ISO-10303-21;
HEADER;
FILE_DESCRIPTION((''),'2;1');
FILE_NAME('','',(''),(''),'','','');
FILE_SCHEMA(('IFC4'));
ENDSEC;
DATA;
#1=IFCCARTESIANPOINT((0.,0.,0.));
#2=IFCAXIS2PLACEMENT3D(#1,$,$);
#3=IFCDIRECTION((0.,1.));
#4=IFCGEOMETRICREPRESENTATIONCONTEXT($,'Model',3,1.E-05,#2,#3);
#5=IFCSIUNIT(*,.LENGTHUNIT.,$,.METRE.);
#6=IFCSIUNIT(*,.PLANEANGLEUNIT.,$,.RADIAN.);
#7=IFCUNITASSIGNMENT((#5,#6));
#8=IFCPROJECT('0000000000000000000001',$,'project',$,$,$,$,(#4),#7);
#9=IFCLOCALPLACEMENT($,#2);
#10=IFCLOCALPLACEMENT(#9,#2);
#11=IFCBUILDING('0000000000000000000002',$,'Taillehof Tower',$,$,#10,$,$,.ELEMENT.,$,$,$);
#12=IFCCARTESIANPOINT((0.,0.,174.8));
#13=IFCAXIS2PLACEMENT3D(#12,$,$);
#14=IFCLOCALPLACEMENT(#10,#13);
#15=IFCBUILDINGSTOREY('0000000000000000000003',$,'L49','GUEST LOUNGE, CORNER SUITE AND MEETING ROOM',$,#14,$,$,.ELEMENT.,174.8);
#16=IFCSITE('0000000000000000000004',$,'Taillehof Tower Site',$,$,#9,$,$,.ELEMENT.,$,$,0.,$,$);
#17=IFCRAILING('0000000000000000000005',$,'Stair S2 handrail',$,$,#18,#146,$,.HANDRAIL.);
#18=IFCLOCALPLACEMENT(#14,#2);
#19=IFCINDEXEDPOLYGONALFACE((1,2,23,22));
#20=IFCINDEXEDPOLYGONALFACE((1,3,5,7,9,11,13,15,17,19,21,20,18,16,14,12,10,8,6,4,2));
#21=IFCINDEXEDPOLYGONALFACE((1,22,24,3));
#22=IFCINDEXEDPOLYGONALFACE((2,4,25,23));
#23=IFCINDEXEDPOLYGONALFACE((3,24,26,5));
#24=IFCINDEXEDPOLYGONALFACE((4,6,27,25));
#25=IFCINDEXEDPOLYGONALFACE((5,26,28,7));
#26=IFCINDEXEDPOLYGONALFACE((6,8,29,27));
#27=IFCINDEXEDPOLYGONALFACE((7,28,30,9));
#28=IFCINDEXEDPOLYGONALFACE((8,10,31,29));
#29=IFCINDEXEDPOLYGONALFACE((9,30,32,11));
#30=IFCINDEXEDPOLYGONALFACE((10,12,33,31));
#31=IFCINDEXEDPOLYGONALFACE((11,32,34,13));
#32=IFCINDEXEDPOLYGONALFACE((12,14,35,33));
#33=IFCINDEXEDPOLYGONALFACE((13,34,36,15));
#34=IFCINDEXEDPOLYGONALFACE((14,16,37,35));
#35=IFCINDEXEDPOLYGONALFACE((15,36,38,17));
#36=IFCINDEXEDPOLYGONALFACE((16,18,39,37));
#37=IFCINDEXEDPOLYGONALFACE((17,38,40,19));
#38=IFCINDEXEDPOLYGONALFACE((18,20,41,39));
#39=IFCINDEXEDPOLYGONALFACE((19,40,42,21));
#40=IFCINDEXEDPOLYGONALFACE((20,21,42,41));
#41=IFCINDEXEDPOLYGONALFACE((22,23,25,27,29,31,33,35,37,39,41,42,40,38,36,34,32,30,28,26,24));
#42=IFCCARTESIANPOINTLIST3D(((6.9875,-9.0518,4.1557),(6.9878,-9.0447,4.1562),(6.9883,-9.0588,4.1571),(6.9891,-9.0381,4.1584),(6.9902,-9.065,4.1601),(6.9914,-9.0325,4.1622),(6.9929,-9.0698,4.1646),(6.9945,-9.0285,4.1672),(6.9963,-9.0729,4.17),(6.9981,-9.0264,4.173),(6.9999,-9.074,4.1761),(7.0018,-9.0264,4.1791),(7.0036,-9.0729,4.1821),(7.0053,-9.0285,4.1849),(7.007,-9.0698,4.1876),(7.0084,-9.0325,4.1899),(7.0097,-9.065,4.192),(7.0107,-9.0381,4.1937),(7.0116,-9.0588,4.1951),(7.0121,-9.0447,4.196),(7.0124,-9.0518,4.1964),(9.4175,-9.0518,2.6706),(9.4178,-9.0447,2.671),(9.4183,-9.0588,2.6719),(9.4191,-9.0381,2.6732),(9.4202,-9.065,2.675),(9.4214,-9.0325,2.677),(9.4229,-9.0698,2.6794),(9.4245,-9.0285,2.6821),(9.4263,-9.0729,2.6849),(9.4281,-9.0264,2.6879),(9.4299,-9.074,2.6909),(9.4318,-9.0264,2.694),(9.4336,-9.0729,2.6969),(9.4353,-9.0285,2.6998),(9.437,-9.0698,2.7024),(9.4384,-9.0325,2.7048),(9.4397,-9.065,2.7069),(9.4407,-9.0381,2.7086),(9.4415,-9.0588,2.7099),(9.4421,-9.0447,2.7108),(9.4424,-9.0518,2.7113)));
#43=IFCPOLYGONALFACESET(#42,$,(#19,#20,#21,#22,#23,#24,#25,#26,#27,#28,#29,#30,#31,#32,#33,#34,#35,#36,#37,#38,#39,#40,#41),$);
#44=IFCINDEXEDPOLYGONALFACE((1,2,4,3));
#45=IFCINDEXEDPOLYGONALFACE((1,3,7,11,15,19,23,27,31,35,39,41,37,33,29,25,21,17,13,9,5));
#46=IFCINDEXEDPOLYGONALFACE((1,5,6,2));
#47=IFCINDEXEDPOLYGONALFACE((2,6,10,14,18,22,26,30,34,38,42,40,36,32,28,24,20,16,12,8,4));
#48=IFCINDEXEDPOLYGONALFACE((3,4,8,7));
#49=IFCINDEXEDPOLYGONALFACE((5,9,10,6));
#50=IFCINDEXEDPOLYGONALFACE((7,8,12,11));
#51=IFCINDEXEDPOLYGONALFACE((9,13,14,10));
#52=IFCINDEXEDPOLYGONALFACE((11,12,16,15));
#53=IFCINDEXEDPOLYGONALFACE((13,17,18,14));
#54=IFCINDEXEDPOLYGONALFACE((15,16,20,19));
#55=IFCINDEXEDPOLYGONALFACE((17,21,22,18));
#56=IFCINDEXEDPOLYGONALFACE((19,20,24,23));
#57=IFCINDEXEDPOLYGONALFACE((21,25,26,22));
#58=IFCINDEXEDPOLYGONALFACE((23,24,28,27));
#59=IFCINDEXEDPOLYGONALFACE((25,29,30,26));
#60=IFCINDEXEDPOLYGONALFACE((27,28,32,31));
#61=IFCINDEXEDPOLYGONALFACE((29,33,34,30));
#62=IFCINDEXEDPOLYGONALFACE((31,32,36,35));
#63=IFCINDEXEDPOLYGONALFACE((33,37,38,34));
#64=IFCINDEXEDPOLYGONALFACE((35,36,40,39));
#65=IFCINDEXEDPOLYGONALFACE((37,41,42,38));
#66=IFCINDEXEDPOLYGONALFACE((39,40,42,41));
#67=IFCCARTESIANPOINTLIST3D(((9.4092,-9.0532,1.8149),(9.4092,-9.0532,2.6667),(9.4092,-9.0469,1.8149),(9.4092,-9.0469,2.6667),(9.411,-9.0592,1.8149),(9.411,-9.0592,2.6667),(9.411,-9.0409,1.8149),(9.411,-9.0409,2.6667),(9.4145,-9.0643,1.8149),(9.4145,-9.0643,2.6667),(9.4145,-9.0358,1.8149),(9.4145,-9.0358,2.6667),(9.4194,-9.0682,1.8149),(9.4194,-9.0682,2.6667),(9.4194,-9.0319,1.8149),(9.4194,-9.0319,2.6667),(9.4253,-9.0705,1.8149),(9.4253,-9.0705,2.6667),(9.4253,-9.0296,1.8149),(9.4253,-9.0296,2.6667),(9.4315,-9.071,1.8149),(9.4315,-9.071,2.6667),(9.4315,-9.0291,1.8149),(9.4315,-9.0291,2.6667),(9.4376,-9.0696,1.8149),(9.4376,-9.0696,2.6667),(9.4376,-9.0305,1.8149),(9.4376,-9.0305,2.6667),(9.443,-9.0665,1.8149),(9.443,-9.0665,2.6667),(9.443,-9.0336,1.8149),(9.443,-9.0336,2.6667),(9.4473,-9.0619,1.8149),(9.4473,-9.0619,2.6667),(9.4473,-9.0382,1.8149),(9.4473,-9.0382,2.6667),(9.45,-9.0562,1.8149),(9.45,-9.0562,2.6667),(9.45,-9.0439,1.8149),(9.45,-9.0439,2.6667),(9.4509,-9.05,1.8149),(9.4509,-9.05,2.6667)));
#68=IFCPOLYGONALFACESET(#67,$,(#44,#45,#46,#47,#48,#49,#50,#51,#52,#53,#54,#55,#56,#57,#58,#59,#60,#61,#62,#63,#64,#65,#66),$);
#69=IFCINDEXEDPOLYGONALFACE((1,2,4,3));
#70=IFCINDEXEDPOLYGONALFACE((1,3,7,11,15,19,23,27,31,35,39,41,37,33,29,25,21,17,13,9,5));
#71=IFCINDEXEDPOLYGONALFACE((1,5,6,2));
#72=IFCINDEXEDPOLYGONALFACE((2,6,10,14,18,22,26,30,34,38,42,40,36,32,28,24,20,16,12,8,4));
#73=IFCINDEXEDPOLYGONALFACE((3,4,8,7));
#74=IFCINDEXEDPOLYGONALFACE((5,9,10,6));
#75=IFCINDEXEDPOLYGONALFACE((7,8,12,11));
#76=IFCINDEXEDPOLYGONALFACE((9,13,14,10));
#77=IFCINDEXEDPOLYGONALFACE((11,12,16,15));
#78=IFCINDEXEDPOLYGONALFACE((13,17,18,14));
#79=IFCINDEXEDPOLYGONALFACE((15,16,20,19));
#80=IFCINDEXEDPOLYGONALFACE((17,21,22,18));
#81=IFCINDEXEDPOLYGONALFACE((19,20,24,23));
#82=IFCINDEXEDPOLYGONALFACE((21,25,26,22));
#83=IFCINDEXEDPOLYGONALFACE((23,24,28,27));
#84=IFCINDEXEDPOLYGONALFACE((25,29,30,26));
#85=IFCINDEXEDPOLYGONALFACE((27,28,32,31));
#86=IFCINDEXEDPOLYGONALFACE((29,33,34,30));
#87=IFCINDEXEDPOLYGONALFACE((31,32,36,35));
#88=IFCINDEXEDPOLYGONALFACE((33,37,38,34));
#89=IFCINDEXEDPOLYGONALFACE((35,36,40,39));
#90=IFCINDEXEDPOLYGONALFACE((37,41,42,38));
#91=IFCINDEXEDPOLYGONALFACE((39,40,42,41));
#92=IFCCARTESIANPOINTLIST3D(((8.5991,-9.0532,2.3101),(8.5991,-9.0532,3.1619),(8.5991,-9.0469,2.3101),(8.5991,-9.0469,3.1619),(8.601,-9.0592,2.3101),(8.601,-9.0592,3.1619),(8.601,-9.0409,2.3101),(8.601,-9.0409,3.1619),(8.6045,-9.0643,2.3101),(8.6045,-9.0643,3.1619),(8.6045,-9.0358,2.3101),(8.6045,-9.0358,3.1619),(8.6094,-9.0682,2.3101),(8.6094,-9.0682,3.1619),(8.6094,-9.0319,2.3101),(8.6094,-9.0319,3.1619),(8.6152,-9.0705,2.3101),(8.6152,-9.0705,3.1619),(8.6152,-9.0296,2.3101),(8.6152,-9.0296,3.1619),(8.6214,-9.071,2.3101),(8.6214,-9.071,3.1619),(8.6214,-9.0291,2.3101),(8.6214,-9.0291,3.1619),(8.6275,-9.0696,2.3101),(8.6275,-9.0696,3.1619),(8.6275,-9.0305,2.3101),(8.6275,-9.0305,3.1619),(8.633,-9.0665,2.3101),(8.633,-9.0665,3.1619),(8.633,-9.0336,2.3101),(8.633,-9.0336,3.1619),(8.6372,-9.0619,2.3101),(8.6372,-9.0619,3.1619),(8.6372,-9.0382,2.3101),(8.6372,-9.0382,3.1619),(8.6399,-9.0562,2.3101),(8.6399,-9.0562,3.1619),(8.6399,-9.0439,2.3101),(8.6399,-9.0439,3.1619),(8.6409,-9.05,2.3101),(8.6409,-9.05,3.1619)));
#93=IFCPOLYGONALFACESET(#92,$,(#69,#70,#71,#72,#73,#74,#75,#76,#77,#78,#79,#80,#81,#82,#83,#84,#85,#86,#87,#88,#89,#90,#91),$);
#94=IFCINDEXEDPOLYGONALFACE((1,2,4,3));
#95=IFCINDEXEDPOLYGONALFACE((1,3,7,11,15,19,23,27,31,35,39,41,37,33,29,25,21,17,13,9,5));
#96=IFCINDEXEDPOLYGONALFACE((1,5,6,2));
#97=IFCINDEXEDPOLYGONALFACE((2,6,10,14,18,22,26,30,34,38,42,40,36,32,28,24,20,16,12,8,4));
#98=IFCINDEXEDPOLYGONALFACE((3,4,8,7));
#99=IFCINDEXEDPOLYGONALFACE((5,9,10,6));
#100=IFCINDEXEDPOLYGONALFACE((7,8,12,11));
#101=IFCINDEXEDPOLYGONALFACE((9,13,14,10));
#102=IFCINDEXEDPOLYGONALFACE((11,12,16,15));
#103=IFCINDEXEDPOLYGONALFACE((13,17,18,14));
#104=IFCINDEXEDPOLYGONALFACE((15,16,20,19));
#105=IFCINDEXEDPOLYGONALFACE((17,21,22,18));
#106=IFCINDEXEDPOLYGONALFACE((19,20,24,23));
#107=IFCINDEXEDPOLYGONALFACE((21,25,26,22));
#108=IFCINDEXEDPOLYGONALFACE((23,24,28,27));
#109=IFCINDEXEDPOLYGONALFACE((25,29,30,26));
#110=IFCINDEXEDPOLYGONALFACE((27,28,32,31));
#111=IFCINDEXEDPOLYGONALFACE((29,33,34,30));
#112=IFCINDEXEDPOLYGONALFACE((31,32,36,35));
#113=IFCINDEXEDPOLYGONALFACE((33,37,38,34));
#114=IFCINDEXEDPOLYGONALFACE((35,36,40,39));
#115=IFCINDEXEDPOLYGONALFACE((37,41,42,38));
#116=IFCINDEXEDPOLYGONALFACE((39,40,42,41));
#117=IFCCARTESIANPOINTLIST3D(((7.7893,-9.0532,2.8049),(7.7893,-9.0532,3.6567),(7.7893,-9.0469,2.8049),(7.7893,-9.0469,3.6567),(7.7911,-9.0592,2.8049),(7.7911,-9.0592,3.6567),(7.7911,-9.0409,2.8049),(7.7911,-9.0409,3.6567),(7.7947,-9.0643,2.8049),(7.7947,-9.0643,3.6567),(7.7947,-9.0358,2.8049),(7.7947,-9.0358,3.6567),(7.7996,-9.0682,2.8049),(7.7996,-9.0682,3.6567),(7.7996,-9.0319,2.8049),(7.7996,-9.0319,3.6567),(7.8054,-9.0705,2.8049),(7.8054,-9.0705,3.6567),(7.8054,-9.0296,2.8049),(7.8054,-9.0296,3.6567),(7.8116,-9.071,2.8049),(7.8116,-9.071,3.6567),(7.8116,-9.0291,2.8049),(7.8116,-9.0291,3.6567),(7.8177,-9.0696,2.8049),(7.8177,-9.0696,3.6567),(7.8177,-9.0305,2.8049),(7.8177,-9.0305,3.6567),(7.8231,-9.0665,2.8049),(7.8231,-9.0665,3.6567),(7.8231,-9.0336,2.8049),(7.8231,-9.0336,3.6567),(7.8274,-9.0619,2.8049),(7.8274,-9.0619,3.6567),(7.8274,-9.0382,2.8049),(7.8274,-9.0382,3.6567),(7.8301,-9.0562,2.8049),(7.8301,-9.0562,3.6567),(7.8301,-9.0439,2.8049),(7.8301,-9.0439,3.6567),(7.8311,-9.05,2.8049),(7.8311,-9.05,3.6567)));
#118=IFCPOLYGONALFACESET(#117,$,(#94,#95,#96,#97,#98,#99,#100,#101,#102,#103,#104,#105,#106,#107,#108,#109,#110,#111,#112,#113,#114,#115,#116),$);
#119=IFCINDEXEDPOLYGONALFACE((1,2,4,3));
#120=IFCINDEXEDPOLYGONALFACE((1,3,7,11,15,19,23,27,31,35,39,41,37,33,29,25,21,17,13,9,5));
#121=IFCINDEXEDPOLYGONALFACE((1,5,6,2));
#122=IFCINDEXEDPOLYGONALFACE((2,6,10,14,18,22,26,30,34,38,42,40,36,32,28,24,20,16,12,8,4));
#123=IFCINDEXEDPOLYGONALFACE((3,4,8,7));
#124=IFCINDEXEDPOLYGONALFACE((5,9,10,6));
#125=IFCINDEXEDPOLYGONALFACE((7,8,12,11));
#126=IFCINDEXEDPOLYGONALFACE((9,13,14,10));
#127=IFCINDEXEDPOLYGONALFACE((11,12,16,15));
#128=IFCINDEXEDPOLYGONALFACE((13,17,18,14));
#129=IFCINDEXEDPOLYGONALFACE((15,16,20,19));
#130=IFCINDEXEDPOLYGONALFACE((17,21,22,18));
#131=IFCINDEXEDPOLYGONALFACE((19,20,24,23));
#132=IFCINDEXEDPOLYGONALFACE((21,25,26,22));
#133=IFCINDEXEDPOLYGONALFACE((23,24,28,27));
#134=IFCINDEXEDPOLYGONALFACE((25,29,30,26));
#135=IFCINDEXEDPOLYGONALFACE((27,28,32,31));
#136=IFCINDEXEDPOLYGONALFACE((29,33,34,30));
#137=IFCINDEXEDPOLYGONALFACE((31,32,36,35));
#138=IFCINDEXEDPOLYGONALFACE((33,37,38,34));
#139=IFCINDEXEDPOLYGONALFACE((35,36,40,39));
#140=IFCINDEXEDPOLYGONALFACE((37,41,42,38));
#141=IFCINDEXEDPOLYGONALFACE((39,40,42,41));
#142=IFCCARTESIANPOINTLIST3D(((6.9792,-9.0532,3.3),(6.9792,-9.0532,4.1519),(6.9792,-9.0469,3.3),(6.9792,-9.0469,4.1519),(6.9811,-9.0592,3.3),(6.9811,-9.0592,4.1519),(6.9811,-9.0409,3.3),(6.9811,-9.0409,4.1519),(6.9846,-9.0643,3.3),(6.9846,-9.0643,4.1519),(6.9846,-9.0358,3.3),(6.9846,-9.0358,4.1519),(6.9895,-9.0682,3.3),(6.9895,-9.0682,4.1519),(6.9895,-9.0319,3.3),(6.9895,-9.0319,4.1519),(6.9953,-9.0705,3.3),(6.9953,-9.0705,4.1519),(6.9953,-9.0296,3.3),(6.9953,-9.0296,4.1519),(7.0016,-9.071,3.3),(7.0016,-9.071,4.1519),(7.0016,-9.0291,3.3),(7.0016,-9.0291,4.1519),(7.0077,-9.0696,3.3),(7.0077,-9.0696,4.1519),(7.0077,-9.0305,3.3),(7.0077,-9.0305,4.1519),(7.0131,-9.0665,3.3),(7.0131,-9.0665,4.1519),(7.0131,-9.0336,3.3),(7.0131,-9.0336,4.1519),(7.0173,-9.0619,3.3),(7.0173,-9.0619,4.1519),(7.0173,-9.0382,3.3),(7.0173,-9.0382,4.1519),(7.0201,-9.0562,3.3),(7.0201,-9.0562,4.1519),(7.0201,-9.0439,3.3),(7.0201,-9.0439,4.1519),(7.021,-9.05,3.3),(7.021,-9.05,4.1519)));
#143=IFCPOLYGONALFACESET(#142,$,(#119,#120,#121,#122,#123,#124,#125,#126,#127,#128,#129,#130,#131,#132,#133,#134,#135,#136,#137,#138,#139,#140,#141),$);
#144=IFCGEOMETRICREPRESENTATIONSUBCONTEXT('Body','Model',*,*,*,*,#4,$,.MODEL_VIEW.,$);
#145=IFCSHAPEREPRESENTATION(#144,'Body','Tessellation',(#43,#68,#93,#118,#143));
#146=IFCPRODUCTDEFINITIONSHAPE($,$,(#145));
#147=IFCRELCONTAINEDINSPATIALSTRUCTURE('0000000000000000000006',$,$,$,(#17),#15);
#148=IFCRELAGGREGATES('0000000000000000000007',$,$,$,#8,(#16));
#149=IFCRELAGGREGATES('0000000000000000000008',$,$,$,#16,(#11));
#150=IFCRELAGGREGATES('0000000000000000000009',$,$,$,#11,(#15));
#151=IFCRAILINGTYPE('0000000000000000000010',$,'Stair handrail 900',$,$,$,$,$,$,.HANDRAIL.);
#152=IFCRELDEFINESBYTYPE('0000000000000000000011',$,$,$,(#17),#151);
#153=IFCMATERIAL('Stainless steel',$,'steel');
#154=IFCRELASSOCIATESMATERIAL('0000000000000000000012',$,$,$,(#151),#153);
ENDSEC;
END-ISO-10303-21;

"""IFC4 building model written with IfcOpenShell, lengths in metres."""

from ifc_helpers import new_model, si_unit, direction, frame, origin, origin_2d, place, context, subcontext, project, spatial, circle, extrude, material, type_object, element, save


model = new_model("IFC4")

# Units and contexts
model_context = context("Model", 3, precision=1e-05, world=origin(), true_north=direction((0.0, 1.0)))
body_context = subcontext(model_context, "Body", "Model", "MODEL_VIEW")
ifc_project = project(units=[si_unit("LENGTHUNIT", "METRE"), si_unit("PLANEANGLEUNIT", "RADIAN")], contexts=[model_context])

# Site, building, storey
site_placement = place(None, origin())
site = spatial("IfcSite", under=ifc_project, at=site_placement, Name="Taillehof Tower Site", CompositionType="ELEMENT", RefElevation=0.0)
building_placement = place(site_placement, origin())
building = spatial("IfcBuilding", under=site, at=building_placement, Name="Taillehof Tower", CompositionType="ELEMENT")
storey_placement = place(building_placement, frame((0.0, 0.0, 174.8)))
storey = spatial("IfcBuildingStorey", under=building, at=storey_placement, Name="L49", Description="GUEST LOUNGE, CORNER SUITE AND MEETING ROOM", CompositionType="ELEMENT", Elevation=174.8)

# Railing
ifc_material_1 = material(Name="Stainless steel", Category="steel")
railing_type = type_object("IfcRailingType", Name="Stair handrail 900", PredefinedType="HANDRAIL", material=ifc_material_1)
railing_placement = place(storey_placement, frame((9.4299, -9.05, 1.8149)))
element("IfcRailing", 1, at=railing_placement, inside=storey, type_object=railing_type, Name="Stair S2 handrail", PredefinedType="HANDRAIL", context=body_context, shape_type="SweptSolid", body=[
    extrude(circle(Radius=0.0239, at=origin_2d()), frame((0.0, 0.0, 0.876), z_axis=(-0.853259, 0.0, 0.521488), x_axis=(0.0, -1.0, 0.0)), (0.0, 0.0, 1.0), 2.8479),
    extrude(circle(Radius=0.021, at=origin_2d()), origin(), (0.0, 0.0, 1.0), 0.8518),
    extrude(circle(Radius=0.021, at=origin_2d()), frame((-0.8101, 0.0, 0.4951)), (0.0, 0.0, 1.0), 0.8518),
    extrude(circle(Radius=0.021, at=origin_2d()), frame((-1.6199, 0.0, 0.99)), (0.0, 0.0, 1.0), 0.8518),
    extrude(circle(Radius=0.021, at=origin_2d()), frame((-2.4299, 0.0, 1.4851)), (0.0, 0.0, 1.0), 0.8518),
])

save(model, "model.ifc")
